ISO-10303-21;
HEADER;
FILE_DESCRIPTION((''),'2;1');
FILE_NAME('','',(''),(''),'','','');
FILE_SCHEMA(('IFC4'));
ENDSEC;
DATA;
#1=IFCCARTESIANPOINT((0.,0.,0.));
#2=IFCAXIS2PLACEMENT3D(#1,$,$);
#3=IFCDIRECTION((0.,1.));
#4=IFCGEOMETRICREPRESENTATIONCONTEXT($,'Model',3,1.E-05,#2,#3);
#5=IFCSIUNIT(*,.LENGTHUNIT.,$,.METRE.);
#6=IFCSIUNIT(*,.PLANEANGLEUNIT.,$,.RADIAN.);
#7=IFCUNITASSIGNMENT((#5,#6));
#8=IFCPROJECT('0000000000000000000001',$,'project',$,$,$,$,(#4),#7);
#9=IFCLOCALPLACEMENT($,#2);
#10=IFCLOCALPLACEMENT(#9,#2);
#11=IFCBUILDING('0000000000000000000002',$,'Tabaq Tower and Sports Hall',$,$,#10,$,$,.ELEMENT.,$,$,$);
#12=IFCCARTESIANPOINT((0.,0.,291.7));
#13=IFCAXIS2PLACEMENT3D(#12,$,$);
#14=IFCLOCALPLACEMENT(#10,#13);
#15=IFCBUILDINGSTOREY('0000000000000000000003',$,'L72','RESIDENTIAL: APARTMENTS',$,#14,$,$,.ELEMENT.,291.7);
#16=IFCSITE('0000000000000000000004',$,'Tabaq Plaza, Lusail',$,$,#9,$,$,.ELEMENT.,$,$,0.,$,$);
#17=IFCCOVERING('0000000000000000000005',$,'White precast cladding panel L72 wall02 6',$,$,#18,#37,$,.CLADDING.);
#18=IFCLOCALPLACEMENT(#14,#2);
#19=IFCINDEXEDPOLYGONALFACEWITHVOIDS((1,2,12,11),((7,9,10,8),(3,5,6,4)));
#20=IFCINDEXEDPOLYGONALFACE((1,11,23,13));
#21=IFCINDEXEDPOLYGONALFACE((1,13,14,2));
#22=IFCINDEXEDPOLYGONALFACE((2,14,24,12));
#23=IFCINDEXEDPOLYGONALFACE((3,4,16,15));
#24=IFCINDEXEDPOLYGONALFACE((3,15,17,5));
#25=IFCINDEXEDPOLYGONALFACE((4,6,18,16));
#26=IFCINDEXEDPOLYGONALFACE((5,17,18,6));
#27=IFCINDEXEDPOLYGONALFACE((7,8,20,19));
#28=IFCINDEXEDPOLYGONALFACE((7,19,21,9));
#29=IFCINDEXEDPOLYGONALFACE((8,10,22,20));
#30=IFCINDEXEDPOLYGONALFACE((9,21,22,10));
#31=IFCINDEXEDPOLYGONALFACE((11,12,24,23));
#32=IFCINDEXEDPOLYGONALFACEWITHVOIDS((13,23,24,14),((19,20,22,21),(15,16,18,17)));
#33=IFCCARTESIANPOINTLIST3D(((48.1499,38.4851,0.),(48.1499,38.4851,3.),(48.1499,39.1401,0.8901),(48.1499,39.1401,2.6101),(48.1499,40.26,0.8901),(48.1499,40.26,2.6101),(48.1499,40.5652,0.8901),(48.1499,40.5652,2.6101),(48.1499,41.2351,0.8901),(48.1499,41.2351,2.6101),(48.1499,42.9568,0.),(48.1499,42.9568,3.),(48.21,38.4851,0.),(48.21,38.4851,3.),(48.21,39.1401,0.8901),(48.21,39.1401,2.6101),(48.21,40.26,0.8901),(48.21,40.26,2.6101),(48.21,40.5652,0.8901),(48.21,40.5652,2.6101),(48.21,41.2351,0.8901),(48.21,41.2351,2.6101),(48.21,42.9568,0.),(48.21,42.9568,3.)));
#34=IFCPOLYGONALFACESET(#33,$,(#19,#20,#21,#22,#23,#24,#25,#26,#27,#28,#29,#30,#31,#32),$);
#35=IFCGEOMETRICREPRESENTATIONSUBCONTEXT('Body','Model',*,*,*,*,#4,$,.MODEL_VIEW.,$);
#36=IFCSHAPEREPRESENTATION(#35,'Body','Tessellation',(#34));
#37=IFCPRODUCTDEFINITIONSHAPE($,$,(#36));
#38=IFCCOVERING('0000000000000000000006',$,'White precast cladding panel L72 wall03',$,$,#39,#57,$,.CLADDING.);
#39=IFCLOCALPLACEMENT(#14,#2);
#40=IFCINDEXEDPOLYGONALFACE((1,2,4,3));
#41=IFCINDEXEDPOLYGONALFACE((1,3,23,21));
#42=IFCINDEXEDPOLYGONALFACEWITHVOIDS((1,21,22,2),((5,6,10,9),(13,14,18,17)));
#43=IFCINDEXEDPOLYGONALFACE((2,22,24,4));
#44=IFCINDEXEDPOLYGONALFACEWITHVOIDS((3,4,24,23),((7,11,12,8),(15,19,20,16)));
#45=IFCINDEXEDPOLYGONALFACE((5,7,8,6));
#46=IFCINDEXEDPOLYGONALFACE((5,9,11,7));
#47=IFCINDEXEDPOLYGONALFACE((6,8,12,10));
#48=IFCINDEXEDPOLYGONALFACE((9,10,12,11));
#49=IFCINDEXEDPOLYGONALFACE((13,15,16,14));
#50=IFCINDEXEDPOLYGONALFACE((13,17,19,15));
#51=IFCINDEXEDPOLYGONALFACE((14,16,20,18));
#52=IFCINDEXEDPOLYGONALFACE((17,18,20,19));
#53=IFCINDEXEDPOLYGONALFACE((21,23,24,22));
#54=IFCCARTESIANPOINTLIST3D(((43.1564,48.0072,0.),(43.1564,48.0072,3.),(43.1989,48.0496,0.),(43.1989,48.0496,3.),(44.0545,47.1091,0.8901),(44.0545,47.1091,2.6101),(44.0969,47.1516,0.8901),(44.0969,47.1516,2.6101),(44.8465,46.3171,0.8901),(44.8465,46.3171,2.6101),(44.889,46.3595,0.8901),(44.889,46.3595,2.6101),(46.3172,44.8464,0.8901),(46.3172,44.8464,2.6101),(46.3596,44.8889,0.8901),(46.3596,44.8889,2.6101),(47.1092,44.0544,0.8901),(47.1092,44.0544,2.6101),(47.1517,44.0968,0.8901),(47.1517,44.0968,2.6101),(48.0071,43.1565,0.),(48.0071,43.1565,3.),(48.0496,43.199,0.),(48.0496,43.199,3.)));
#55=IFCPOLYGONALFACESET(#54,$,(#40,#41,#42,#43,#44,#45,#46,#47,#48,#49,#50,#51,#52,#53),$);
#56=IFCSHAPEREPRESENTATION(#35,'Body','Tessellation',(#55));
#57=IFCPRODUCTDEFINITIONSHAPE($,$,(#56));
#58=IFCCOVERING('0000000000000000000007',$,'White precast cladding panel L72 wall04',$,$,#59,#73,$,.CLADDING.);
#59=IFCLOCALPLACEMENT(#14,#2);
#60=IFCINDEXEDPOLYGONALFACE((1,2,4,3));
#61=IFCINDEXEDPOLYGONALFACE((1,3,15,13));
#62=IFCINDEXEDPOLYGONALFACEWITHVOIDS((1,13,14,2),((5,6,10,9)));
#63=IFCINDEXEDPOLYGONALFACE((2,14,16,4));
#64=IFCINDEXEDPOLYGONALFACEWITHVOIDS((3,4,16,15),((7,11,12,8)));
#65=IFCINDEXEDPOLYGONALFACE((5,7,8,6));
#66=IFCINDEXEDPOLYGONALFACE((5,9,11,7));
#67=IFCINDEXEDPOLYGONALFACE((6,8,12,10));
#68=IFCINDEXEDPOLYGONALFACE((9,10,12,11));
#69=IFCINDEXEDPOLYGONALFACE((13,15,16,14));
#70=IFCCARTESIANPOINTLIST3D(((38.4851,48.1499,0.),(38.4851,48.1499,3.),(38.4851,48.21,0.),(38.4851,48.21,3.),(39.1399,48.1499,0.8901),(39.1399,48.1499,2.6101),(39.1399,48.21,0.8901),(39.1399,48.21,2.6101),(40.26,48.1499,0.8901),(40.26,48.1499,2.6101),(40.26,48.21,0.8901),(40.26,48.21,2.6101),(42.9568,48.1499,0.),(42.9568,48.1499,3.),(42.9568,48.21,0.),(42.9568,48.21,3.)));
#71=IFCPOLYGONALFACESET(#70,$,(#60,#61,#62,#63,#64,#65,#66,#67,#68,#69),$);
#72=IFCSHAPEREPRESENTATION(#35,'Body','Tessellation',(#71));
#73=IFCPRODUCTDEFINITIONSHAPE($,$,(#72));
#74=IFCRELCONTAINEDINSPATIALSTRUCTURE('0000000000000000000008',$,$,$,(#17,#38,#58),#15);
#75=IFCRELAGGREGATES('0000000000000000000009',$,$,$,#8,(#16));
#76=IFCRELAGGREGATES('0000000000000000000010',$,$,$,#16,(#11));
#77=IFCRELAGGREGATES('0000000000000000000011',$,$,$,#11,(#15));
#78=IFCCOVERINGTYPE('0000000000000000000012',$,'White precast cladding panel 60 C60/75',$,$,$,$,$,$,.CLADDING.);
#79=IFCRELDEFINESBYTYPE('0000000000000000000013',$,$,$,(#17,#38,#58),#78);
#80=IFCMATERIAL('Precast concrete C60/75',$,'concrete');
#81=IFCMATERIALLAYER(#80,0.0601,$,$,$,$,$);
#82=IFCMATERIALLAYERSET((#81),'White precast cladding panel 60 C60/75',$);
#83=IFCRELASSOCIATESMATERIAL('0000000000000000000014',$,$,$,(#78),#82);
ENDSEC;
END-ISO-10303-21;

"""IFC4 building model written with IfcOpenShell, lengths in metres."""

from ifc_helpers import new_model, si_unit, direction, frame, origin, place, context, subcontext, project, spatial, polyline, outline, extrude, material, layer, layer_set, type_object, element, save


model = new_model("IFC4")

# Units and contexts
model_context = context("Model", 3, precision=1e-05, world=origin(), true_north=direction((0.0, 1.0)))
body_context = subcontext(model_context, "Body", "Model", "MODEL_VIEW")
ifc_project = project(units=[si_unit("LENGTHUNIT", "METRE"), si_unit("PLANEANGLEUNIT", "RADIAN")], contexts=[model_context])

# Site, building, storey
site_placement = place(None, origin())
site = spatial("IfcSite", under=ifc_project, at=site_placement, Name="Tabaq Plaza, Lusail", CompositionType="ELEMENT", RefElevation=0.0)
building_placement = place(site_placement, origin())
building = spatial("IfcBuilding", under=site, at=building_placement, Name="Tabaq Tower and Sports Hall", CompositionType="ELEMENT")
storey_placement = place(building_placement, frame((0.0, 0.0, 291.7)))
storey = spatial("IfcBuildingStorey", under=building, at=storey_placement, Name="L72", Description="RESIDENTIAL: APARTMENTS", CompositionType="ELEMENT", Elevation=291.7)

# Coverings
ifc_material_1 = material(Name="Precast concrete C60/75", Category="concrete")
ifc_layer_1 = layer(ifc_material_1, 0.0601)
ifc_layer_set_1 = layer_set([ifc_layer_1], Name="White precast cladding panel 60 C60/75")
covering_type_1 = type_object("IfcCoveringType", Name="White precast cladding panel 60 C60/75", PredefinedType="CLADDING", material=ifc_layer_set_1)
covering_1_placement = place(storey_placement, frame((48.1799, 38.4851, 0.0), z_axis=(0.0, 0.0, 1.0), x_axis=(0.0, 1.0, 0.0)))
element("IfcCovering", 1, at=covering_1_placement, inside=storey, type_object=covering_type_1, Name="White precast cladding panel L72 wall02 6", PredefinedType="CLADDING", context=body_context, shape_type="SweptSolid", body=[
    extrude(outline(polyline([(0.0, 0.0), (4.4717, 0.0), (4.4717, 3.0), (0.0, 3.0), (0.0, 0.0)]), holes=[polyline([(0.655, 2.6101), (1.7749, 2.6101), (1.7749, 0.8901), (0.655, 0.8901), (0.655, 2.6101)]), polyline([(2.0801, 2.6101), (2.75, 2.6101), (2.75, 0.8901), (2.0801, 0.8901), (2.0801, 2.6101)])]), frame((0.0, 0.03, 0.0), z_axis=(0.0, -1.0, 0.0), x_axis=(1.0, 0.0, 0.0)), (0.0, 0.0, 1.0), 0.0601),
])
covering_2_placement = place(storey_placement, frame((48.0283, 43.1777, 0.0), z_axis=(0.0, 0.0, 1.0), x_axis=(-0.707107, 0.707107, 0.0)))
element("IfcCovering", 2, at=covering_2_placement, inside=storey, type_object=covering_type_1, Name="White precast cladding panel L72 wall03", PredefinedType="CLADDING", context=body_context, shape_type="SweptSolid", body=[
    extrude(outline(polyline([(0.0, 0.0), (6.8599, 0.0), (6.8599, 3.0), (0.0, 3.0), (0.0, 0.0)]), holes=[polyline([(1.2698, 2.6101), (2.3899, 2.6101), (2.3899, 0.8901), (1.2698, 0.8901), (1.2698, 2.6101)]), polyline([(4.4697, 2.6101), (5.5898, 2.6101), (5.5898, 0.8901), (4.4697, 0.8901), (4.4697, 2.6101)])]), frame((0.0, 0.03, 0.0), z_axis=(0.0, -1.0, 0.0), x_axis=(1.0, 0.0, 0.0)), (0.0, 0.0, 1.0), 0.0601),
])
covering_3_placement = place(storey_placement, frame((42.9568, 48.1799, 0.0), z_axis=(0.0, 0.0, 1.0), x_axis=(-1.0, 0.0, 0.0)))
element("IfcCovering", 3, at=covering_3_placement, inside=storey, type_object=covering_type_1, Name="White precast cladding panel L72 wall04", PredefinedType="CLADDING", context=body_context, shape_type="SweptSolid", body=[
    extrude(outline(polyline([(0.0, 0.0), (4.4717, 0.0), (4.4717, 3.0), (0.0, 3.0), (0.0, 0.0)]), holes=[polyline([(2.6968, 0.8901), (2.6968, 2.6101), (3.8169, 2.6101), (3.8169, 0.8901), (2.6968, 0.8901)])]), frame((0.0, 0.03, 0.0), z_axis=(0.0, -1.0, 0.0), x_axis=(1.0, 0.0, 0.0)), (0.0, 0.0, 1.0), 0.0601),
])

save(model, "model.ifc")
